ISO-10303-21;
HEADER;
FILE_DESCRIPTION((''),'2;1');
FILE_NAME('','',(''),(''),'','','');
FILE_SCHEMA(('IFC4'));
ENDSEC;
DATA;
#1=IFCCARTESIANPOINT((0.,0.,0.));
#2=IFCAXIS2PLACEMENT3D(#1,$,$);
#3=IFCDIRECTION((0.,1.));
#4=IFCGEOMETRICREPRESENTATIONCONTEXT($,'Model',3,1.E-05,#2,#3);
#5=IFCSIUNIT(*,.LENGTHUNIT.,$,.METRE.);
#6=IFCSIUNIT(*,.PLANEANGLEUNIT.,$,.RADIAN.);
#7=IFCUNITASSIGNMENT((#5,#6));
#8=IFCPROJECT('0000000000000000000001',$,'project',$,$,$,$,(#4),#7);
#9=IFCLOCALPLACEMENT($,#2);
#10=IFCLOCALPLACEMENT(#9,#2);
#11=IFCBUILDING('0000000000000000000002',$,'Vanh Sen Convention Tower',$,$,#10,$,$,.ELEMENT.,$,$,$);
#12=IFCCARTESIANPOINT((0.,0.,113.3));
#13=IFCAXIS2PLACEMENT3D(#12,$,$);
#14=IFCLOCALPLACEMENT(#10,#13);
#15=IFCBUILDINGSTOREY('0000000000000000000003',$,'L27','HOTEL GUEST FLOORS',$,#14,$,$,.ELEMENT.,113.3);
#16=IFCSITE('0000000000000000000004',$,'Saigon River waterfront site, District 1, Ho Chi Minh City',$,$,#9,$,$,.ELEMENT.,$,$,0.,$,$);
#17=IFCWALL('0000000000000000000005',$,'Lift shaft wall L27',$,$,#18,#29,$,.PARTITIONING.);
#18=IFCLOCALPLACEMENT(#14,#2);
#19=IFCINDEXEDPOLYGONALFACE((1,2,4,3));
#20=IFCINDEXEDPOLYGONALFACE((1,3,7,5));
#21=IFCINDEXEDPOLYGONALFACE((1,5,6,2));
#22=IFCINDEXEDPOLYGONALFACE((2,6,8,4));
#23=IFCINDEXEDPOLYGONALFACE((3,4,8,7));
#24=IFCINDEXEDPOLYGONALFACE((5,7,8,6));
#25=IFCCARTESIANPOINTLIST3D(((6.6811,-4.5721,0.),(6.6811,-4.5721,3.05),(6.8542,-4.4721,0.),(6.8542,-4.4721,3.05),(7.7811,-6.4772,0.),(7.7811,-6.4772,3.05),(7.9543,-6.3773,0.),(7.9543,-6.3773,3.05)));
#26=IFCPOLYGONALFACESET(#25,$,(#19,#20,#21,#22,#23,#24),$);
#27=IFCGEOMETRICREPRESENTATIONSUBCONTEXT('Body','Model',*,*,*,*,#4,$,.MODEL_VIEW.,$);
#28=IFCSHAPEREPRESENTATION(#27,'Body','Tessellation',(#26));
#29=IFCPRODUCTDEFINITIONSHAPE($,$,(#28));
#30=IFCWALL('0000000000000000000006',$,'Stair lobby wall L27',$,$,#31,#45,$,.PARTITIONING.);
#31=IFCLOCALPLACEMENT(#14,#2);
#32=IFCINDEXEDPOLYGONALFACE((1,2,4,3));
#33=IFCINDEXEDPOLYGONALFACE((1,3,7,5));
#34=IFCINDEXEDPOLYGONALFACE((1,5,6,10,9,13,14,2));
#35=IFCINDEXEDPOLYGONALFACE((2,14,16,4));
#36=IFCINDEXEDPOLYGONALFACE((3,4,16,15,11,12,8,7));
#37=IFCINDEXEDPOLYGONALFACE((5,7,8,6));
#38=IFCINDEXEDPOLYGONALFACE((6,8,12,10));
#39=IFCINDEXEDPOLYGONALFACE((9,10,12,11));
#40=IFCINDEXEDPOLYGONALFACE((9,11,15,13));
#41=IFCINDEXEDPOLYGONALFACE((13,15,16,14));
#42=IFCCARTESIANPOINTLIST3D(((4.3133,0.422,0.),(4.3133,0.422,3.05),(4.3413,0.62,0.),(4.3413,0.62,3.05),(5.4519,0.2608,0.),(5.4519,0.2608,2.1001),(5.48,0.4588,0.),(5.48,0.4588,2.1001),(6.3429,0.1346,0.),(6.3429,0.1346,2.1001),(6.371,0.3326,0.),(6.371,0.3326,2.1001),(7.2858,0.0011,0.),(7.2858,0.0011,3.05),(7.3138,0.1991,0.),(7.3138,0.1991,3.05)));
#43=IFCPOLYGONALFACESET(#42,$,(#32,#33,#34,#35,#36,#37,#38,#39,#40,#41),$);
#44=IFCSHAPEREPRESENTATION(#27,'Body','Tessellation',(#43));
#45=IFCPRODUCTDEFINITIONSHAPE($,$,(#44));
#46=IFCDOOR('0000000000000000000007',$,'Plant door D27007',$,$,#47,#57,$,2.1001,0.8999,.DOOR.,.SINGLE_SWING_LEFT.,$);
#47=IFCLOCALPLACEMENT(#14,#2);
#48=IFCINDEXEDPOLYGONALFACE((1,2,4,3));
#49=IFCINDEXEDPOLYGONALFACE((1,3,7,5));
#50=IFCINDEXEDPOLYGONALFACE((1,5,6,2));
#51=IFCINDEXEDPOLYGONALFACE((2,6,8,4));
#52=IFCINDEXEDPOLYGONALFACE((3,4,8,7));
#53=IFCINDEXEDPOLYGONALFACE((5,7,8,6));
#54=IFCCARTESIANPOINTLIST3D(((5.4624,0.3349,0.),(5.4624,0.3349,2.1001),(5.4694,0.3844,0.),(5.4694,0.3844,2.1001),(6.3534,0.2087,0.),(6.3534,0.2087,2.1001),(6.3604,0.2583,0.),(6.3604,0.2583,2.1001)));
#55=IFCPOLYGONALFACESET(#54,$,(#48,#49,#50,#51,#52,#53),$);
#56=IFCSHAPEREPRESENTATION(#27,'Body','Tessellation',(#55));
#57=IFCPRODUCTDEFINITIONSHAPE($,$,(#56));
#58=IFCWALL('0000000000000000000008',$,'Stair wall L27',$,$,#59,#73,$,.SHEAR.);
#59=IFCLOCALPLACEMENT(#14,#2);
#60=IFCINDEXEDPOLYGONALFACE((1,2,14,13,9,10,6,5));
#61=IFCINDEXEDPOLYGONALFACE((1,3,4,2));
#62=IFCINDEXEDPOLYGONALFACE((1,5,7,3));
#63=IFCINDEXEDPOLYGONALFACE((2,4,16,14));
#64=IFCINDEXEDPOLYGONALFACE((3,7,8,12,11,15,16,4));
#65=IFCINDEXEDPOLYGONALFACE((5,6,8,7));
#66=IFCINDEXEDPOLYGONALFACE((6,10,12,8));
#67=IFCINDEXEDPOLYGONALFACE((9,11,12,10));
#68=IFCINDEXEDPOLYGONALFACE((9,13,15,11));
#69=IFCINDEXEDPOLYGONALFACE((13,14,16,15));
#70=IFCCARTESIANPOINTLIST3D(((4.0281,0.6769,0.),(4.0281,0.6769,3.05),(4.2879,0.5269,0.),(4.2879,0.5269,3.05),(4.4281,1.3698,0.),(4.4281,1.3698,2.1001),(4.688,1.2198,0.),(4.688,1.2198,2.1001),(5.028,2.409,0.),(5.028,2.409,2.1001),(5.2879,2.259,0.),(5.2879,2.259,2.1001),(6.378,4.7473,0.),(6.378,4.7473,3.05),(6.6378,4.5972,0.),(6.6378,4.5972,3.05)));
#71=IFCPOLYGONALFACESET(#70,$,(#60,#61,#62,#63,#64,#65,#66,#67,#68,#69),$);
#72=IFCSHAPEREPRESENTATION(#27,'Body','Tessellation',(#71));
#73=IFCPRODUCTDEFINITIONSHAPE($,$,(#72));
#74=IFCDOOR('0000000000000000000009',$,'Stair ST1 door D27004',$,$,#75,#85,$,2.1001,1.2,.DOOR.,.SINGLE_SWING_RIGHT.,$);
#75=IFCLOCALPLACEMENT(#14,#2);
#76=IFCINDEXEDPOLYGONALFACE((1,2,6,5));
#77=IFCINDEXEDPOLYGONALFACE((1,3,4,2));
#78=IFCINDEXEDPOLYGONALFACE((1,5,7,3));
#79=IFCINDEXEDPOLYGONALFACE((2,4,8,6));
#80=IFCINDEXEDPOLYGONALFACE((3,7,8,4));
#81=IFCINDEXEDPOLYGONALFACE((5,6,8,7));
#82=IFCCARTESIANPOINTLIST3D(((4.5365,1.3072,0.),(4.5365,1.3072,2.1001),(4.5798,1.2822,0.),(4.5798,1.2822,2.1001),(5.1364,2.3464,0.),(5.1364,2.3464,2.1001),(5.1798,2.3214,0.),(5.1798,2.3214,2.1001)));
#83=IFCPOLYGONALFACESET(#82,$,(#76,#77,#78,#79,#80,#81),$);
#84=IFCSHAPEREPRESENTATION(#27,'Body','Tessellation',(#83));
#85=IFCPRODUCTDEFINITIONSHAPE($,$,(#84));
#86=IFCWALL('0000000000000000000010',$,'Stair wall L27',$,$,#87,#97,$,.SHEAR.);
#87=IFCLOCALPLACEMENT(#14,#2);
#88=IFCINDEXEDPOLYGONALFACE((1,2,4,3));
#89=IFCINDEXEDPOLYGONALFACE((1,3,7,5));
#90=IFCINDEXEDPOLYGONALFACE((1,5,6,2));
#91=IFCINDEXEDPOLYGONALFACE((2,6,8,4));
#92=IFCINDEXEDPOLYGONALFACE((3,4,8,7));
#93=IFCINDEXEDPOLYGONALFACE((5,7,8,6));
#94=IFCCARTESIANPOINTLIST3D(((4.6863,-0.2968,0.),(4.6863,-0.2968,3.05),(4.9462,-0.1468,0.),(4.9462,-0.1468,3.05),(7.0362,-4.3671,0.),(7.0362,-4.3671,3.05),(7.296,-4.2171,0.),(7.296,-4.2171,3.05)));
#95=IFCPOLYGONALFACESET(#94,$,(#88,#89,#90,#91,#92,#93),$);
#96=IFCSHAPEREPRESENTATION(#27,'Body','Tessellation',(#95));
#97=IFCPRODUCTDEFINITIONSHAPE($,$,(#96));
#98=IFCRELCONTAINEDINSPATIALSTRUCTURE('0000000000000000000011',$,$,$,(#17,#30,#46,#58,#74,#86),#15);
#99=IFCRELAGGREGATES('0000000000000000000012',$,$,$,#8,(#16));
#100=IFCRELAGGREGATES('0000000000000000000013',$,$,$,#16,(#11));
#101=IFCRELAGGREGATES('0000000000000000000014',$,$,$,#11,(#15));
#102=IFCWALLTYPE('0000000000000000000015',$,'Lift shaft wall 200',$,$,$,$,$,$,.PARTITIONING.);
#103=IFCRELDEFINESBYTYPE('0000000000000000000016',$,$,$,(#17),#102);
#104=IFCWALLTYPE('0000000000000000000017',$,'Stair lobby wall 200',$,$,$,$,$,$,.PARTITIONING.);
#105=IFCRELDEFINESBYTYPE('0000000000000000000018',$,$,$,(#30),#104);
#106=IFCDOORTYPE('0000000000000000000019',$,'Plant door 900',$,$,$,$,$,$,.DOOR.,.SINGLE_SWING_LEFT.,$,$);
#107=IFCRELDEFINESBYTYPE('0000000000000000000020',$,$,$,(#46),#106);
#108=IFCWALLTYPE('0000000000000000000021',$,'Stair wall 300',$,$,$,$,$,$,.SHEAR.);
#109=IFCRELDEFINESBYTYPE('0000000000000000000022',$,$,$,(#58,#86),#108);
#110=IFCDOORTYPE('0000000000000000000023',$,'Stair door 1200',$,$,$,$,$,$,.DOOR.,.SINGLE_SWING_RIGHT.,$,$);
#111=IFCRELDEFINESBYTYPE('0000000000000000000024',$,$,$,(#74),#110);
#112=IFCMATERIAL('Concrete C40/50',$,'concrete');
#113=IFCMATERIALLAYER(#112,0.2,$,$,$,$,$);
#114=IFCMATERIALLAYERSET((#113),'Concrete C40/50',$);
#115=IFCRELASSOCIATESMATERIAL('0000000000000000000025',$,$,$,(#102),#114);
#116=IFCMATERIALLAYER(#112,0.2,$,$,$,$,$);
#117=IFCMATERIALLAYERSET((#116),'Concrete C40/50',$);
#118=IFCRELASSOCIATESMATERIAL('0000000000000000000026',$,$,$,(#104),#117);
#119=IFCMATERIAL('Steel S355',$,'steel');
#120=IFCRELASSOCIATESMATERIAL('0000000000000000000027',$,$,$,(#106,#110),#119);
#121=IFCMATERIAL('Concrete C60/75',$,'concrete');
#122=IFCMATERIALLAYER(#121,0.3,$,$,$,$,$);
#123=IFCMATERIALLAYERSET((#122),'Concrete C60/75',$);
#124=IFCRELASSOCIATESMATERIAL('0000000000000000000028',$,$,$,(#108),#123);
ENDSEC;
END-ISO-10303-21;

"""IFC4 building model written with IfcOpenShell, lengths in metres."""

from ifc_helpers import new_model, si_unit, direction, frame, frame_2d, origin, place, context, subcontext, project, spatial, rectangle, extrude, material, layer, layer_set, type_object, element, fill, save


model = new_model("IFC4")

# Units and contexts
model_context = context("Model", 3, precision=1e-05, world=origin(), true_north=direction((0.0, 1.0)))
body_context = subcontext(model_context, "Body", "Model", "MODEL_VIEW")
ifc_project = project(units=[si_unit("LENGTHUNIT", "METRE"), si_unit("PLANEANGLEUNIT", "RADIAN")], contexts=[model_context])

# Site, building, storey
site_placement = place(None, origin())
site = spatial("IfcSite", under=ifc_project, at=site_placement, Name="Saigon River waterfront site, District 1, Ho Chi Minh City", CompositionType="ELEMENT", RefElevation=0.0)
building_placement = place(site_placement, origin())
building = spatial("IfcBuilding", under=site, at=building_placement, Name="Vanh Sen Convention Tower", CompositionType="ELEMENT")
storey_placement = place(building_placement, frame((0.0, 0.0, 113.3)))
storey = spatial("IfcBuildingStorey", under=building, at=storey_placement, Name="L27", Description="HOTEL GUEST FLOORS", CompositionType="ELEMENT", Elevation=113.3)

# Shared definitions
ifc_material_1 = material(Name="Steel S355", Category="steel")

# Wall
ifc_material_2 = material(Name="Concrete C40/50", Category="concrete")
ifc_layer_1 = layer(ifc_material_2, 0.2)
ifc_layer_set_1 = layer_set([ifc_layer_1], Name="Concrete C40/50")
wall_type_1 = type_object("IfcWallType", Name="Lift shaft wall 200", PredefinedType="PARTITIONING", material=ifc_layer_set_1)
for number, where, z_axis, x_axis, name in (
    (1, (6.7676, -4.522, 0.0), (0.0, 0.0, 1.0), (0.50003, -0.866008, 0.0), "Lift shaft wall L27"),
):
    element("IfcWall", number, at=place(storey_placement, frame(where, z_axis=z_axis, x_axis=x_axis)), inside=storey, type_object=wall_type_1, Name=name, PredefinedType="PARTITIONING", context=body_context, shape_type="SweptSolid", body=[
        extrude(rectangle(XDim=2.2, YDim=0.2, at=frame_2d((1.1001, 0.0))), origin(), (0.0, 0.0, 1.0), 3.05),
    ])

# Walls, openings, doors
ifc_layer_2 = layer(ifc_material_2, 0.2)
ifc_layer_set_2 = layer_set([ifc_layer_2], Name="Concrete C40/50")
wall_type_2 = type_object("IfcWallType", Name="Stair lobby wall 200", PredefinedType="PARTITIONING", material=ifc_layer_set_2)
wall_1_placement = place(storey_placement, frame((4.3274, 0.521, 0.0), z_axis=(0.0, 0.0, 1.0), x_axis=(0.990124, -0.140192, 0.0)))
wall_1 = element("IfcWall", 2, at=wall_1_placement, inside=storey, type_object=wall_type_2, Name="Stair lobby wall L27", PredefinedType="PARTITIONING", context=body_context, shape_type="SweptSolid", body=[
    extrude(rectangle(XDim=3.0022, YDim=0.2, at=frame_2d((1.501, 0.0))), origin(), (0.0, 0.0, 1.0), 3.05),
])
opening_1_placement = place(wall_1_placement, frame((1.1499, 0.0, 0.0)))
opening_1 = element("IfcOpeningElement", 3, at=opening_1_placement, cuts=wall_1, PredefinedType="OPENING", context=body_context, shape_type="SweptSolid", body=[
    extrude(rectangle(XDim=0.8999, YDim=2.1001, at=frame_2d((0.45, 1.05))), frame((0.0, 0.1099, 0.0), z_axis=(0.0, -1.0, 0.0), x_axis=(1.0, 0.0, 0.0)), (0.0, 0.0, 1.0), 0.22),
])
door_type_1 = type_object("IfcDoorType", Name="Plant door 900", OperationType="SINGLE_SWING_LEFT", PredefinedType="DOOR", material=ifc_material_1)
door_1_placement = place(opening_1_placement, origin())
door_1 = element("IfcDoor", 4, at=door_1_placement, inside=storey, type_object=door_type_1, Name="Plant door D27007", OperationType="SINGLE_SWING_LEFT", OverallHeight=2.1001, OverallWidth=0.8999, PredefinedType="DOOR", context=body_context, shape_type="SweptSolid", body=[
    extrude(rectangle(XDim=0.8999, YDim=2.1001, at=frame_2d((0.45, 1.05))), frame((0.0, 0.0249, 0.0), z_axis=(0.0, -1.0, 0.0), x_axis=(1.0, 0.0, 0.0)), (0.0, 0.0, 1.0), 0.05),
])
fill(opening_1, door_1)
ifc_material_3 = material(Name="Concrete C60/75", Category="concrete")
ifc_layer_3 = layer(ifc_material_3, 0.3)
ifc_layer_set_3 = layer_set([ifc_layer_3], Name="Concrete C60/75")
wall_type_3 = type_object("IfcWallType", Name="Stair wall 300", PredefinedType="SHEAR", material=ifc_layer_set_3)
wall_2_placement = place(storey_placement, frame((4.158, 0.6018, 0.0), z_axis=(0.0, 0.0, 1.0), x_axis=(0.499977, 0.866039, 0.0)))
wall_2 = element("IfcWall", 5, at=wall_2_placement, inside=storey, type_object=wall_type_3, Name="Stair wall L27", PredefinedType="SHEAR", context=body_context, shape_type="SweptSolid", body=[
    extrude(rectangle(XDim=4.7, YDim=0.3, at=frame_2d((2.3501, 0.0))), origin(), (0.0, 0.0, 1.0), 3.05),
])
opening_2_placement = place(wall_2_placement, frame((0.8, 0.0, 0.0)))
opening_2 = element("IfcOpeningElement", 6, at=opening_2_placement, cuts=wall_2, PredefinedType="OPENING", context=body_context, shape_type="SweptSolid", body=[
    extrude(rectangle(XDim=1.2, YDim=2.1001, at=frame_2d((0.6001, 1.05))), frame((0.0, 0.1599, 0.0), z_axis=(0.0, -1.0, 0.0), x_axis=(1.0, 0.0, 0.0)), (0.0, 0.0, 1.0), 0.3201),
])
door_type_2 = type_object("IfcDoorType", Name="Stair door 1200", OperationType="SINGLE_SWING_RIGHT", PredefinedType="DOOR", material=ifc_material_1)
door_2_placement = place(opening_2_placement, origin())
door_2 = element("IfcDoor", 7, at=door_2_placement, inside=storey, type_object=door_type_2, Name="Stair ST1 door D27004", OperationType="SINGLE_SWING_RIGHT", OverallHeight=2.1001, OverallWidth=1.2, PredefinedType="DOOR", context=body_context, shape_type="SweptSolid", body=[
    extrude(rectangle(XDim=1.2, YDim=2.1001, at=frame_2d((0.6001, 1.05))), frame((0.0, 0.0249, 0.0), z_axis=(0.0, -1.0, 0.0), x_axis=(1.0, 0.0, 0.0)), (0.0, 0.0, 1.0), 0.05),
])
fill(opening_2, door_2)

# Wall
wall_3_placement = place(storey_placement, frame((4.8162, -0.2217, 0.0), z_axis=(0.0, 0.0, 1.0), x_axis=(0.499977, -0.866039, 0.0)))
element("IfcWall", 8, at=wall_3_placement, inside=storey, type_object=wall_type_3, Name="Stair wall L27", PredefinedType="SHEAR", context=body_context, shape_type="SweptSolid", body=[
    extrude(rectangle(XDim=4.7, YDim=0.3, at=frame_2d((2.3501, 0.0))), origin(), (0.0, 0.0, 1.0), 3.05),
])

save(model, "model.ifc")
